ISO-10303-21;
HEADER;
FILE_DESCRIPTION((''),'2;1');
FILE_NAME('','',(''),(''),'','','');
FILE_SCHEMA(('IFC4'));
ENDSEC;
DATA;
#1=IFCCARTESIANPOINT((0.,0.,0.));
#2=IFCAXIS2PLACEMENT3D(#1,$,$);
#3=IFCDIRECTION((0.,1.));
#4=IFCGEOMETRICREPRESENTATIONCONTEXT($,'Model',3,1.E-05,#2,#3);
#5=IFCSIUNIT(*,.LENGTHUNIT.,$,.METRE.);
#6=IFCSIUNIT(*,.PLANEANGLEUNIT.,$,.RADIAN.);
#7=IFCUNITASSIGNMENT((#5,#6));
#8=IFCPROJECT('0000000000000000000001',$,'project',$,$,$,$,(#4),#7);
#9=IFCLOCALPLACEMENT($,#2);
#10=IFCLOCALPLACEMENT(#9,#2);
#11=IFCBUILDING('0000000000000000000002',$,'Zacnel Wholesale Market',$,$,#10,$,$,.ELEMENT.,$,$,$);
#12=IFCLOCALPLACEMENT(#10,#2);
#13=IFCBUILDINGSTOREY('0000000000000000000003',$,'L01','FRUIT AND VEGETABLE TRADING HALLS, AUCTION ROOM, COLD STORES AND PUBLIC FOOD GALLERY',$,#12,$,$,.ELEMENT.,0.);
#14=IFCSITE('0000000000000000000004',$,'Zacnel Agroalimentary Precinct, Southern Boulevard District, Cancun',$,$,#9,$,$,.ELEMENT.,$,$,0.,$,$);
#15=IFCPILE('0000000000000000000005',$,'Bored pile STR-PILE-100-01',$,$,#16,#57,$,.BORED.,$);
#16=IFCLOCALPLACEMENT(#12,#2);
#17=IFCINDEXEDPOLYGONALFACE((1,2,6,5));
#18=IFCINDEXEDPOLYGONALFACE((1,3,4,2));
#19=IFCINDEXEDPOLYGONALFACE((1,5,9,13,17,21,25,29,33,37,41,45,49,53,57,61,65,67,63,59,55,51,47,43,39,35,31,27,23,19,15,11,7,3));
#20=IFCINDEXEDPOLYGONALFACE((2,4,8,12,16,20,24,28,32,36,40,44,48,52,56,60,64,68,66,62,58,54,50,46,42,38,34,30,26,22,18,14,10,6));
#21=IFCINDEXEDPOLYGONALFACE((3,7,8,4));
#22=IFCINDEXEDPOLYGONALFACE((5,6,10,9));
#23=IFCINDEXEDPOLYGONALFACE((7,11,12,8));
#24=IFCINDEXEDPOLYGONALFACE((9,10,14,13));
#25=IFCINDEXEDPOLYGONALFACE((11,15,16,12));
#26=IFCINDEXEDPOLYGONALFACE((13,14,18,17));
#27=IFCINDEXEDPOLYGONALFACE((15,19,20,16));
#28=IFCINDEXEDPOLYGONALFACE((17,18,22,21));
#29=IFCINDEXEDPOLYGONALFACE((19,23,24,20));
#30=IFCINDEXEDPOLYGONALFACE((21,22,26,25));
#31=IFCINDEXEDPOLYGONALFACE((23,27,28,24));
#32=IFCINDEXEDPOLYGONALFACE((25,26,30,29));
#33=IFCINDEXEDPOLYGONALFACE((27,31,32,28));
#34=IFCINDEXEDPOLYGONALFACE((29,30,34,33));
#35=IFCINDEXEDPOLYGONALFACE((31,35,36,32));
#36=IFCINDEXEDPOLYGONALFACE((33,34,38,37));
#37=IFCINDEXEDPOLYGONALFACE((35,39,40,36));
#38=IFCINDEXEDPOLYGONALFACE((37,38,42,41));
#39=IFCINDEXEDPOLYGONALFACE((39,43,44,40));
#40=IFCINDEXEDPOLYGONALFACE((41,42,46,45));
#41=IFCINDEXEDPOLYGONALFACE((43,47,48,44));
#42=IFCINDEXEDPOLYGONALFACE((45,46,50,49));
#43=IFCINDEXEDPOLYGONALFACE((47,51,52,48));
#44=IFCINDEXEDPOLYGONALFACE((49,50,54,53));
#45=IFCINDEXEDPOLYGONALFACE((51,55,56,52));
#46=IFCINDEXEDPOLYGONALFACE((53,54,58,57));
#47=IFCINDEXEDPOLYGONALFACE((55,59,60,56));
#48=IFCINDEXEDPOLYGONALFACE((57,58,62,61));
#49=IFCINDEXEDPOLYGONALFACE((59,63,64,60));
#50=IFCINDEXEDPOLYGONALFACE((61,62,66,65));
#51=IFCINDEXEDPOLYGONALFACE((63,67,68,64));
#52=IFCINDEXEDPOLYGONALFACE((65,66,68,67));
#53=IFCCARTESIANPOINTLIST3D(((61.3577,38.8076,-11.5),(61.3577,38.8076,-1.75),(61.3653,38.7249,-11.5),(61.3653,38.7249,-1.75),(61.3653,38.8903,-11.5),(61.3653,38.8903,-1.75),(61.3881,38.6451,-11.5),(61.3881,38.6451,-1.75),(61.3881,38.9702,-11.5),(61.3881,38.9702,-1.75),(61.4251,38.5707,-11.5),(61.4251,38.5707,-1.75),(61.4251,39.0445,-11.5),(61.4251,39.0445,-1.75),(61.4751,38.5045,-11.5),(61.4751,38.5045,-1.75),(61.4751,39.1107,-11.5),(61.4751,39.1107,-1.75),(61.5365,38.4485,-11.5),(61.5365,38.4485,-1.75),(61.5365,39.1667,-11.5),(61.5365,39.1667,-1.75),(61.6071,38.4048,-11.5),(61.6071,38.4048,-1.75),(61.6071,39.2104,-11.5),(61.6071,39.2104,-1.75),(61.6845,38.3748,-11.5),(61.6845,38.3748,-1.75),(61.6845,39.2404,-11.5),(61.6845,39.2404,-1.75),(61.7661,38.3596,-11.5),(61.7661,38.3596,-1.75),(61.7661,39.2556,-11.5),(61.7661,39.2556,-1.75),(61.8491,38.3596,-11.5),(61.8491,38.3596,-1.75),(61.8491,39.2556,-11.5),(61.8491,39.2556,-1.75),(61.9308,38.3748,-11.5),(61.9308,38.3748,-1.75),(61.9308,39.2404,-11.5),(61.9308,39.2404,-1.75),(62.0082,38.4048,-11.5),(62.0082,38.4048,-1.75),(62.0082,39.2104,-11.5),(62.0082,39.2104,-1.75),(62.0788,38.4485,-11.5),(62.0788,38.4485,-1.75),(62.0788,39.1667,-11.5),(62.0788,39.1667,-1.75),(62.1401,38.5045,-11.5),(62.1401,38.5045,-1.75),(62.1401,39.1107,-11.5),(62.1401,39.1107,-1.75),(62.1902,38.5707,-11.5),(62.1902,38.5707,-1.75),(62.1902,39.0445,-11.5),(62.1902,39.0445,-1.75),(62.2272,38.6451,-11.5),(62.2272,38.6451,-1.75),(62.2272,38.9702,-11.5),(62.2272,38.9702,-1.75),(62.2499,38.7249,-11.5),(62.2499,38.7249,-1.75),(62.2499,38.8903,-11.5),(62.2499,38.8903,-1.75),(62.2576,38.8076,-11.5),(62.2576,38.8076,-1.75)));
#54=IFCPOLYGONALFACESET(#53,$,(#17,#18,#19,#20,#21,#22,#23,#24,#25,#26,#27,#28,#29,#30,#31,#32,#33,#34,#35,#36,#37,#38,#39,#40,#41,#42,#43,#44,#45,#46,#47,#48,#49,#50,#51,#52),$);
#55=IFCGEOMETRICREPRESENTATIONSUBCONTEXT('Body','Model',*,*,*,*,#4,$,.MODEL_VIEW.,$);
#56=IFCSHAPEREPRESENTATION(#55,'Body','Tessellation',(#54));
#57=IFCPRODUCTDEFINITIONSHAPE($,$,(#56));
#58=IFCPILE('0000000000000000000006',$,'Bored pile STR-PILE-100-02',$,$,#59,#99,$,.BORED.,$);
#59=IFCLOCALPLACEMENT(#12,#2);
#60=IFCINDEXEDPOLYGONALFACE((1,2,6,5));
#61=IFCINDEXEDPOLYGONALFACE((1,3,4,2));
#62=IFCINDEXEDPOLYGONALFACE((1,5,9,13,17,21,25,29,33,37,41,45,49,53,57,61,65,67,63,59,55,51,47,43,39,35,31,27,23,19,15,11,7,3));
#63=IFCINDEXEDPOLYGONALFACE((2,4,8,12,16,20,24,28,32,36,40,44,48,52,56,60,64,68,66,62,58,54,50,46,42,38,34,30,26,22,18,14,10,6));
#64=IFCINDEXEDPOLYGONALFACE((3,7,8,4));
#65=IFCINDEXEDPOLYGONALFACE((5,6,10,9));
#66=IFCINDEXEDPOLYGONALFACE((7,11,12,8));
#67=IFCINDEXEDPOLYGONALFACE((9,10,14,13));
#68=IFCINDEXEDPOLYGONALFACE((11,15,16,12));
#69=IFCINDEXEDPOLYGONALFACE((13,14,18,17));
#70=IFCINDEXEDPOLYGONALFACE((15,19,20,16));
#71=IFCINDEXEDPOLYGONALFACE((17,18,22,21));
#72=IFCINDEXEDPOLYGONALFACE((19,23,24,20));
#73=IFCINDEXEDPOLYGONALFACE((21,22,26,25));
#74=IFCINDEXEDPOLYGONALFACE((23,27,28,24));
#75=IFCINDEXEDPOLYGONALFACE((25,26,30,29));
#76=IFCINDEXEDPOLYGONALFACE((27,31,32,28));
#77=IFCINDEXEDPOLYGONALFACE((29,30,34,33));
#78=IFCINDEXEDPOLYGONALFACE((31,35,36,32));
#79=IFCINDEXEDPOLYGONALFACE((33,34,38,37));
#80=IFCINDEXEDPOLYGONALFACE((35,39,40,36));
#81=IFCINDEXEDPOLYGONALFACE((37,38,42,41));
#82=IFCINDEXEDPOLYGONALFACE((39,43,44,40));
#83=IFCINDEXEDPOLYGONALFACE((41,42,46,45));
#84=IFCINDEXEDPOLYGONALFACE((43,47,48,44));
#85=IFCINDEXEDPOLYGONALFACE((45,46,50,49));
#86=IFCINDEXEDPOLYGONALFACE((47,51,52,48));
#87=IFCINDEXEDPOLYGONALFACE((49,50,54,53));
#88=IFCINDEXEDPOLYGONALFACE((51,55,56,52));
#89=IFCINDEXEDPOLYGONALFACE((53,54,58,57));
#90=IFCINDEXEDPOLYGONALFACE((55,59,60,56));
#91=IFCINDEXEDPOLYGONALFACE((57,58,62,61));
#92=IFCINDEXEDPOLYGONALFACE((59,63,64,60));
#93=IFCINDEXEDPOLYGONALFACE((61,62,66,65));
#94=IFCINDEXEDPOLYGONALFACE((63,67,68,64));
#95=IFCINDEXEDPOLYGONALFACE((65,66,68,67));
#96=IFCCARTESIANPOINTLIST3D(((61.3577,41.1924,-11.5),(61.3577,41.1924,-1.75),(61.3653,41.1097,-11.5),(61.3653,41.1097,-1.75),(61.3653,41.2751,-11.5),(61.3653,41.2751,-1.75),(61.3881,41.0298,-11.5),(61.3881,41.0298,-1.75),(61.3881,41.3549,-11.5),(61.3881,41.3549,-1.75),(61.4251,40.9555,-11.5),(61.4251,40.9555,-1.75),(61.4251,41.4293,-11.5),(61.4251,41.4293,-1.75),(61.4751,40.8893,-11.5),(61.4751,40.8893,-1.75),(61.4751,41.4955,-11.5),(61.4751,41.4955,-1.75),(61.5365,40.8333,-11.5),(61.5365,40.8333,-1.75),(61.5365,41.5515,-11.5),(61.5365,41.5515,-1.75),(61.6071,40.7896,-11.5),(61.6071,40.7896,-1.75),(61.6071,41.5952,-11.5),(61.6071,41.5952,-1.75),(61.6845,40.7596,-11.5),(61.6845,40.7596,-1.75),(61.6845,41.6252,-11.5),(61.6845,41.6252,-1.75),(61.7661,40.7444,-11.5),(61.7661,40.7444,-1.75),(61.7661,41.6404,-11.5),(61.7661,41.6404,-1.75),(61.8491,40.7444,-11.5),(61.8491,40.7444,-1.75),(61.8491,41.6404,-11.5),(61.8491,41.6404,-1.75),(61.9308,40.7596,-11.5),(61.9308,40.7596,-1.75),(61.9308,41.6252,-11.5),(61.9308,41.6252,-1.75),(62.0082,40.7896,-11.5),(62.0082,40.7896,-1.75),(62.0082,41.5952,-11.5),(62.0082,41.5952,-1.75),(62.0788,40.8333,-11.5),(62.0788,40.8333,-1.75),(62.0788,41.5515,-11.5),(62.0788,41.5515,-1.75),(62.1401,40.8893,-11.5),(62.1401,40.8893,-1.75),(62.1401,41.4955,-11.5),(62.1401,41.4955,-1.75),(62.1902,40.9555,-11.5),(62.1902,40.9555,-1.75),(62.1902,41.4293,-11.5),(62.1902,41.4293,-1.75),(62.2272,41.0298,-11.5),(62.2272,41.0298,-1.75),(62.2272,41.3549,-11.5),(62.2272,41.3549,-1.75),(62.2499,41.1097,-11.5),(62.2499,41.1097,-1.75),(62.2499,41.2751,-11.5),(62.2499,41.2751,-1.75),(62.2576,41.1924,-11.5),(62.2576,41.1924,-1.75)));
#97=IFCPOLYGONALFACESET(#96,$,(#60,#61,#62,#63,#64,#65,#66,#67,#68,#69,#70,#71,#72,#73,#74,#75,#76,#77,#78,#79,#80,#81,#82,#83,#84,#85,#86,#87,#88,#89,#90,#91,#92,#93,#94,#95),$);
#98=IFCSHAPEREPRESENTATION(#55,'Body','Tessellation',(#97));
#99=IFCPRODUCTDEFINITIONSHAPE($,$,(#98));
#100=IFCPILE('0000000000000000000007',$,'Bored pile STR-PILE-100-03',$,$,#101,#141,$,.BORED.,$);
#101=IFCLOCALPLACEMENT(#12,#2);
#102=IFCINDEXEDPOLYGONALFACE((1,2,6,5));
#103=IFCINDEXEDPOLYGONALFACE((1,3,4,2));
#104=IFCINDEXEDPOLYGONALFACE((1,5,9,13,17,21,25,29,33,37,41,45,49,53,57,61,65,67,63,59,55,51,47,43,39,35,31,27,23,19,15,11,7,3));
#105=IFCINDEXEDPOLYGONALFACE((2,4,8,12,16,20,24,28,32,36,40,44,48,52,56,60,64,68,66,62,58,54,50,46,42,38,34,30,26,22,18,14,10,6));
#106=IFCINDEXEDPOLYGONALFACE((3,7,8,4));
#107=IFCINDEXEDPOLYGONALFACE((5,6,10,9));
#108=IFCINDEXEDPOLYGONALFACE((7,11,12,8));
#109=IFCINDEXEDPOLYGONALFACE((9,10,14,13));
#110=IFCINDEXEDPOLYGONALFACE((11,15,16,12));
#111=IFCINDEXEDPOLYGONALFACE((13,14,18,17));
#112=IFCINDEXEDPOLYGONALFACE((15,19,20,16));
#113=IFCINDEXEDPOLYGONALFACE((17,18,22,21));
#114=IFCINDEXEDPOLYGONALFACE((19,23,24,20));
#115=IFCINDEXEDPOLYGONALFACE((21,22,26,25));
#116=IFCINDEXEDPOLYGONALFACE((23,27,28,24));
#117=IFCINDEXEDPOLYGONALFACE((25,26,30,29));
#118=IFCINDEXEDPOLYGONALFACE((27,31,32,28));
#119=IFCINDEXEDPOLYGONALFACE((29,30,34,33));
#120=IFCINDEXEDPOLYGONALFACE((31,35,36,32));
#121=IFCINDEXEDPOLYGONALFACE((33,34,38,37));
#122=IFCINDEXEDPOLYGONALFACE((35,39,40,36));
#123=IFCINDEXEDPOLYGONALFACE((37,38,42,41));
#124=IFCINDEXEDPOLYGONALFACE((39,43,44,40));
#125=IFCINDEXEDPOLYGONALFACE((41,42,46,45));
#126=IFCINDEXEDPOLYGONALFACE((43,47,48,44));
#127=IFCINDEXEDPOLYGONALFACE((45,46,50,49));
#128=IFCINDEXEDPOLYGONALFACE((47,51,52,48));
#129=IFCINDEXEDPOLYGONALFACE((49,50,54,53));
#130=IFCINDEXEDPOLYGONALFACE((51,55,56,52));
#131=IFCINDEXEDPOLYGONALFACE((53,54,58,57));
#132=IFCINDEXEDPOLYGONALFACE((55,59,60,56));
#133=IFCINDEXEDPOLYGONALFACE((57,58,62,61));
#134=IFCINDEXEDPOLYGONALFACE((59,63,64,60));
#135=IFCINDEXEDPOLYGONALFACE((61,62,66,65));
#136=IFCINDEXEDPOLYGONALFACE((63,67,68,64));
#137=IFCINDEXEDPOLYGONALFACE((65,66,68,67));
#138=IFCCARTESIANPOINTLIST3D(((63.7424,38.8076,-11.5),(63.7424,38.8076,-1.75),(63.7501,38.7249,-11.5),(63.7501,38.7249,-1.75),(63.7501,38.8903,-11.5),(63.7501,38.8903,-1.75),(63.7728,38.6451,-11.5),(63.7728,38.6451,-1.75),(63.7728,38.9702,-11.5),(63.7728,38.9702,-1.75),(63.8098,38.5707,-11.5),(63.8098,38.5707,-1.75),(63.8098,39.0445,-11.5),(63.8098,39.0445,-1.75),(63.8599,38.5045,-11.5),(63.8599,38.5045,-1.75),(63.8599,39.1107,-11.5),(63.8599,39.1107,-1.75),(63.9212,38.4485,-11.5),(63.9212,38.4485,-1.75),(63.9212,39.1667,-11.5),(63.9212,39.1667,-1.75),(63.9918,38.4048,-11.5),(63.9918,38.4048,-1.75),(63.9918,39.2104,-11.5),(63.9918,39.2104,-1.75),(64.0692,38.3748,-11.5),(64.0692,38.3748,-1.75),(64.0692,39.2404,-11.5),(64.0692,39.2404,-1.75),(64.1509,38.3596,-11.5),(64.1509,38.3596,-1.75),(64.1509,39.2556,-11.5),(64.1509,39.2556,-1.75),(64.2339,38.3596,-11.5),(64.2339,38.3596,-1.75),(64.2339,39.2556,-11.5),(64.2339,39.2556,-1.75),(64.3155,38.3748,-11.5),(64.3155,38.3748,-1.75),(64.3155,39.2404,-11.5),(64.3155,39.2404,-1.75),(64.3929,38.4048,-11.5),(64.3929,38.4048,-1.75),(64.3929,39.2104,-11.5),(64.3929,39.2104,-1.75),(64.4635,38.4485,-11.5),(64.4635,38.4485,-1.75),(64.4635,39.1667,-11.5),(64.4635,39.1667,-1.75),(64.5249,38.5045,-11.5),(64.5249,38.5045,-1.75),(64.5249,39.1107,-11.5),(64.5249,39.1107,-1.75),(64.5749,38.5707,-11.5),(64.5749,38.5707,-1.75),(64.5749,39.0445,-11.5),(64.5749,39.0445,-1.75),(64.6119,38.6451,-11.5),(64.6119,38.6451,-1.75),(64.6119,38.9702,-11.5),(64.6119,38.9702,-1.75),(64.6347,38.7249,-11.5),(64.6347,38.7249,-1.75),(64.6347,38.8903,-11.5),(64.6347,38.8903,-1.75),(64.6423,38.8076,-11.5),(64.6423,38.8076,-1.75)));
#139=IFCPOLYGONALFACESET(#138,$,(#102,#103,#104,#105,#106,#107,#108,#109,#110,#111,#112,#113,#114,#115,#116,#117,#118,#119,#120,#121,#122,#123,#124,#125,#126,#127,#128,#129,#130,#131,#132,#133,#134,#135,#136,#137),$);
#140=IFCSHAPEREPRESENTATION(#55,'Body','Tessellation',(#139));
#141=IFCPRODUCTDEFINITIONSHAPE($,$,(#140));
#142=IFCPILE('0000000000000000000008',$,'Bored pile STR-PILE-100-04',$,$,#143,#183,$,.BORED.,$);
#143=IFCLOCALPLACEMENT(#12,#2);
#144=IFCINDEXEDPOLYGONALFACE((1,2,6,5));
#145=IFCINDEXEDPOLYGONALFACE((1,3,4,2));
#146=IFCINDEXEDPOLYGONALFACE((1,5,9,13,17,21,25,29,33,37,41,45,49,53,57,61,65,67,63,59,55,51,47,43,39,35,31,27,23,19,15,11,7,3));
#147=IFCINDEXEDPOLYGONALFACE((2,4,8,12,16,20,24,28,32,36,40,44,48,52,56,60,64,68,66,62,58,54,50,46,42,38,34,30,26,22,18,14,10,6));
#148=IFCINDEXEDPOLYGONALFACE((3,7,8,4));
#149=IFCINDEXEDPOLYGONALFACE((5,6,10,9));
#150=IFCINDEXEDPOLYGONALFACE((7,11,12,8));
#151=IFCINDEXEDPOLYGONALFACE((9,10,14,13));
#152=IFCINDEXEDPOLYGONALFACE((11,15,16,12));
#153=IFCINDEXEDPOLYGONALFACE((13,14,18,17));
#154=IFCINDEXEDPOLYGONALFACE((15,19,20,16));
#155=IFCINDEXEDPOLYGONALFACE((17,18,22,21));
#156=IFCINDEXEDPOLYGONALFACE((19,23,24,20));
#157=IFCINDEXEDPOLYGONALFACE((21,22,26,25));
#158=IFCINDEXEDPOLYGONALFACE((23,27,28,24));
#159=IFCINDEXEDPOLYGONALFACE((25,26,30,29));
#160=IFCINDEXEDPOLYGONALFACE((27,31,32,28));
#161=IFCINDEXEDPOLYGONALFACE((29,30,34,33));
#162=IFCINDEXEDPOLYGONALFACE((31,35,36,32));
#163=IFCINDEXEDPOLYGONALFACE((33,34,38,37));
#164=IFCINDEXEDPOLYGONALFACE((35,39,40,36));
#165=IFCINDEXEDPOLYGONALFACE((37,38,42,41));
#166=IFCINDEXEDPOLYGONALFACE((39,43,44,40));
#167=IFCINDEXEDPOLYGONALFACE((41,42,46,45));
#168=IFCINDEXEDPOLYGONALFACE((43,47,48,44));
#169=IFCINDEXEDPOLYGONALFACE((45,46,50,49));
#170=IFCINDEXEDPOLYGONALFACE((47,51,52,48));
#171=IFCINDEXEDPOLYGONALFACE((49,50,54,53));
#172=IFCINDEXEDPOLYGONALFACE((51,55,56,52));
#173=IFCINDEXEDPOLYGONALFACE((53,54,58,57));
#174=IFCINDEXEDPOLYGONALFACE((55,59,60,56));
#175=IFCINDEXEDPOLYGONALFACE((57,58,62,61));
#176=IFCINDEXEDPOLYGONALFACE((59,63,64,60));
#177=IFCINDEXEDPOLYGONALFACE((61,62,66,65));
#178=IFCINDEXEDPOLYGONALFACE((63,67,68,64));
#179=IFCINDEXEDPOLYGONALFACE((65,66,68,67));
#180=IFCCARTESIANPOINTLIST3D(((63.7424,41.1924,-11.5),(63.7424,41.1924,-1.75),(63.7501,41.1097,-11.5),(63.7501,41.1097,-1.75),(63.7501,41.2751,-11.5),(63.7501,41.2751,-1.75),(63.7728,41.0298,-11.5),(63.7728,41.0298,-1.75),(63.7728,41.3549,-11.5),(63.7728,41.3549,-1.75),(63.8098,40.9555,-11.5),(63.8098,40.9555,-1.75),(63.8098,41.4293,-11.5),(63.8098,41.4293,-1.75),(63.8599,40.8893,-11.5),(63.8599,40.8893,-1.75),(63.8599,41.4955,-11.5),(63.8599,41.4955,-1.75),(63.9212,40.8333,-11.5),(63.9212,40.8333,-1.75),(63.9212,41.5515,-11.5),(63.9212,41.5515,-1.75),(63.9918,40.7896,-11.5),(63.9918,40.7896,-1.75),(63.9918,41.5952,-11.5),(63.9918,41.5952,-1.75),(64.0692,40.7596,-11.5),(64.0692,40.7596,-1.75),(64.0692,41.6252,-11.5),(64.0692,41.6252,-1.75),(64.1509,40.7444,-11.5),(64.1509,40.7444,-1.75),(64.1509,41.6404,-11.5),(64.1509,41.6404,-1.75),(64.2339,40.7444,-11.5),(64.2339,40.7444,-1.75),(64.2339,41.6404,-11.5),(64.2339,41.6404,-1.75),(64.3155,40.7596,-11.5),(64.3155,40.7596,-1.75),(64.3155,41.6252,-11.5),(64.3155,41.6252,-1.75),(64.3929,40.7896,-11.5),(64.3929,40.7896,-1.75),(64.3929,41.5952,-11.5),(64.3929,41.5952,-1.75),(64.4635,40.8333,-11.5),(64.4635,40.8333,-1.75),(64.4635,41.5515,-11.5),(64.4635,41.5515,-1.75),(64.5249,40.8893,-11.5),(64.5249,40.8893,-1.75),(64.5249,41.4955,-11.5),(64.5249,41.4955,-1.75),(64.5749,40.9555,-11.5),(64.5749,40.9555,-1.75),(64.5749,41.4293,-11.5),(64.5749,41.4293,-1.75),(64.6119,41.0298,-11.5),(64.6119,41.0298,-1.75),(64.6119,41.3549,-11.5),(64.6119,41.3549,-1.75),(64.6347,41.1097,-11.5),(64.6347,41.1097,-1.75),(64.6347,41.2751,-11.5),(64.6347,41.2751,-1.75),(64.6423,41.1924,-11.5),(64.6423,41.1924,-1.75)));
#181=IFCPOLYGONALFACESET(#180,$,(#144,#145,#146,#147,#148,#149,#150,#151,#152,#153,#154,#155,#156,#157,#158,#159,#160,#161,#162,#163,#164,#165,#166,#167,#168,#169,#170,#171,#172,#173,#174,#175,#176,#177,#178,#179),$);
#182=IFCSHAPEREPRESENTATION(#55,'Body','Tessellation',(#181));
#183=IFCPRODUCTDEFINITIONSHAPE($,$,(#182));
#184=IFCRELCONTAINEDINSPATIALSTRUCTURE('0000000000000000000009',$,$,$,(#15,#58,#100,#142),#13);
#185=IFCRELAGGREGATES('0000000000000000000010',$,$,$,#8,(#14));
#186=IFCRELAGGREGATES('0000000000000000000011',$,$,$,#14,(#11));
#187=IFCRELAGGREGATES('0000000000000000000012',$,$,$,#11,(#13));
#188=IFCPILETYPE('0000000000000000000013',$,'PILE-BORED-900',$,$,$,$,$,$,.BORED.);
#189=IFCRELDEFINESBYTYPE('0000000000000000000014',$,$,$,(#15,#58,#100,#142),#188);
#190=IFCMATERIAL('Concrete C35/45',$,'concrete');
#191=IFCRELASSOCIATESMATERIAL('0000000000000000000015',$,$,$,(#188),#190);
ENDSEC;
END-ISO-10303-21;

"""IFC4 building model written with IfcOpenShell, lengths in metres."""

from ifc_helpers import new_model, si_unit, direction, frame, origin, origin_2d, place, context, subcontext, project, spatial, circle, extrude, material, material_profile, profile_set, type_object, element, save


model = new_model("IFC4")

# Units and contexts
model_context = context("Model", 3, precision=1e-05, world=origin(), true_north=direction((0.0, 1.0)))
body_context = subcontext(model_context, "Body", "Model", "MODEL_VIEW")
ifc_project = project(units=[si_unit("LENGTHUNIT", "METRE"), si_unit("PLANEANGLEUNIT", "RADIAN")], contexts=[model_context])

# Site, building, storey
site_placement = place(None, origin())
site = spatial("IfcSite", under=ifc_project, at=site_placement, Name="Zacnel Agroalimentary Precinct, Southern Boulevard District, Cancun", CompositionType="ELEMENT", RefElevation=0.0)
building_placement = place(site_placement, origin())
building = spatial("IfcBuilding", under=site, at=building_placement, Name="Zacnel Wholesale Market", CompositionType="ELEMENT")
storey_placement = place(building_placement, origin())
storey = spatial("IfcBuildingStorey", under=building, at=storey_placement, Name="L01", Description="FRUIT AND VEGETABLE TRADING HALLS, AUCTION ROOM, COLD STORES AND PUBLIC FOOD GALLERY", CompositionType="ELEMENT", Elevation=0.0)

# Piles
ifc_material_1 = material(Name="Concrete C35/45", Category="concrete")
ifc_material_profile_1 = material_profile(ifc_material_1, circle(Radius=0.45, at=origin_2d()), Name="BORED PILE D900")
ifc_profile_set_1 = profile_set([ifc_material_profile_1], Name="Concrete C35/45")
pile_type = type_object("IfcPileType", Name="PILE-BORED-900", PredefinedType="BORED", material=ifc_profile_set_1)
for number, where, z_axis, x_axis, name in (
    (1, (61.8076, 38.8076, -1.75), (0.0, 0.0, -1.0), (1.0, 0.0, 0.0), "Bored pile STR-PILE-100-01"),
    (2, (61.8076, 41.1924, -1.75), (0.0, 0.0, -1.0), (1.0, 0.0, 0.0), "Bored pile STR-PILE-100-02"),
    (3, (64.1924, 38.8076, -1.75), (0.0, 0.0, -1.0), (1.0, 0.0, 0.0), "Bored pile STR-PILE-100-03"),
    (4, (64.1924, 41.1924, -1.75), (0.0, 0.0, -1.0), (1.0, 0.0, 0.0), "Bored pile STR-PILE-100-04"),
):
    element("IfcPile", number, at=place(storey_placement, frame(where, z_axis=z_axis, x_axis=x_axis)), inside=storey, type_object=pile_type, Name=name, PredefinedType="BORED", context=body_context, shape_type="SweptSolid", body=[
        extrude(circle(Radius=0.45, at=origin_2d()), origin(), (0.0, 0.0, 1.0), 9.75),
    ])

save(model, "model.ifc")
